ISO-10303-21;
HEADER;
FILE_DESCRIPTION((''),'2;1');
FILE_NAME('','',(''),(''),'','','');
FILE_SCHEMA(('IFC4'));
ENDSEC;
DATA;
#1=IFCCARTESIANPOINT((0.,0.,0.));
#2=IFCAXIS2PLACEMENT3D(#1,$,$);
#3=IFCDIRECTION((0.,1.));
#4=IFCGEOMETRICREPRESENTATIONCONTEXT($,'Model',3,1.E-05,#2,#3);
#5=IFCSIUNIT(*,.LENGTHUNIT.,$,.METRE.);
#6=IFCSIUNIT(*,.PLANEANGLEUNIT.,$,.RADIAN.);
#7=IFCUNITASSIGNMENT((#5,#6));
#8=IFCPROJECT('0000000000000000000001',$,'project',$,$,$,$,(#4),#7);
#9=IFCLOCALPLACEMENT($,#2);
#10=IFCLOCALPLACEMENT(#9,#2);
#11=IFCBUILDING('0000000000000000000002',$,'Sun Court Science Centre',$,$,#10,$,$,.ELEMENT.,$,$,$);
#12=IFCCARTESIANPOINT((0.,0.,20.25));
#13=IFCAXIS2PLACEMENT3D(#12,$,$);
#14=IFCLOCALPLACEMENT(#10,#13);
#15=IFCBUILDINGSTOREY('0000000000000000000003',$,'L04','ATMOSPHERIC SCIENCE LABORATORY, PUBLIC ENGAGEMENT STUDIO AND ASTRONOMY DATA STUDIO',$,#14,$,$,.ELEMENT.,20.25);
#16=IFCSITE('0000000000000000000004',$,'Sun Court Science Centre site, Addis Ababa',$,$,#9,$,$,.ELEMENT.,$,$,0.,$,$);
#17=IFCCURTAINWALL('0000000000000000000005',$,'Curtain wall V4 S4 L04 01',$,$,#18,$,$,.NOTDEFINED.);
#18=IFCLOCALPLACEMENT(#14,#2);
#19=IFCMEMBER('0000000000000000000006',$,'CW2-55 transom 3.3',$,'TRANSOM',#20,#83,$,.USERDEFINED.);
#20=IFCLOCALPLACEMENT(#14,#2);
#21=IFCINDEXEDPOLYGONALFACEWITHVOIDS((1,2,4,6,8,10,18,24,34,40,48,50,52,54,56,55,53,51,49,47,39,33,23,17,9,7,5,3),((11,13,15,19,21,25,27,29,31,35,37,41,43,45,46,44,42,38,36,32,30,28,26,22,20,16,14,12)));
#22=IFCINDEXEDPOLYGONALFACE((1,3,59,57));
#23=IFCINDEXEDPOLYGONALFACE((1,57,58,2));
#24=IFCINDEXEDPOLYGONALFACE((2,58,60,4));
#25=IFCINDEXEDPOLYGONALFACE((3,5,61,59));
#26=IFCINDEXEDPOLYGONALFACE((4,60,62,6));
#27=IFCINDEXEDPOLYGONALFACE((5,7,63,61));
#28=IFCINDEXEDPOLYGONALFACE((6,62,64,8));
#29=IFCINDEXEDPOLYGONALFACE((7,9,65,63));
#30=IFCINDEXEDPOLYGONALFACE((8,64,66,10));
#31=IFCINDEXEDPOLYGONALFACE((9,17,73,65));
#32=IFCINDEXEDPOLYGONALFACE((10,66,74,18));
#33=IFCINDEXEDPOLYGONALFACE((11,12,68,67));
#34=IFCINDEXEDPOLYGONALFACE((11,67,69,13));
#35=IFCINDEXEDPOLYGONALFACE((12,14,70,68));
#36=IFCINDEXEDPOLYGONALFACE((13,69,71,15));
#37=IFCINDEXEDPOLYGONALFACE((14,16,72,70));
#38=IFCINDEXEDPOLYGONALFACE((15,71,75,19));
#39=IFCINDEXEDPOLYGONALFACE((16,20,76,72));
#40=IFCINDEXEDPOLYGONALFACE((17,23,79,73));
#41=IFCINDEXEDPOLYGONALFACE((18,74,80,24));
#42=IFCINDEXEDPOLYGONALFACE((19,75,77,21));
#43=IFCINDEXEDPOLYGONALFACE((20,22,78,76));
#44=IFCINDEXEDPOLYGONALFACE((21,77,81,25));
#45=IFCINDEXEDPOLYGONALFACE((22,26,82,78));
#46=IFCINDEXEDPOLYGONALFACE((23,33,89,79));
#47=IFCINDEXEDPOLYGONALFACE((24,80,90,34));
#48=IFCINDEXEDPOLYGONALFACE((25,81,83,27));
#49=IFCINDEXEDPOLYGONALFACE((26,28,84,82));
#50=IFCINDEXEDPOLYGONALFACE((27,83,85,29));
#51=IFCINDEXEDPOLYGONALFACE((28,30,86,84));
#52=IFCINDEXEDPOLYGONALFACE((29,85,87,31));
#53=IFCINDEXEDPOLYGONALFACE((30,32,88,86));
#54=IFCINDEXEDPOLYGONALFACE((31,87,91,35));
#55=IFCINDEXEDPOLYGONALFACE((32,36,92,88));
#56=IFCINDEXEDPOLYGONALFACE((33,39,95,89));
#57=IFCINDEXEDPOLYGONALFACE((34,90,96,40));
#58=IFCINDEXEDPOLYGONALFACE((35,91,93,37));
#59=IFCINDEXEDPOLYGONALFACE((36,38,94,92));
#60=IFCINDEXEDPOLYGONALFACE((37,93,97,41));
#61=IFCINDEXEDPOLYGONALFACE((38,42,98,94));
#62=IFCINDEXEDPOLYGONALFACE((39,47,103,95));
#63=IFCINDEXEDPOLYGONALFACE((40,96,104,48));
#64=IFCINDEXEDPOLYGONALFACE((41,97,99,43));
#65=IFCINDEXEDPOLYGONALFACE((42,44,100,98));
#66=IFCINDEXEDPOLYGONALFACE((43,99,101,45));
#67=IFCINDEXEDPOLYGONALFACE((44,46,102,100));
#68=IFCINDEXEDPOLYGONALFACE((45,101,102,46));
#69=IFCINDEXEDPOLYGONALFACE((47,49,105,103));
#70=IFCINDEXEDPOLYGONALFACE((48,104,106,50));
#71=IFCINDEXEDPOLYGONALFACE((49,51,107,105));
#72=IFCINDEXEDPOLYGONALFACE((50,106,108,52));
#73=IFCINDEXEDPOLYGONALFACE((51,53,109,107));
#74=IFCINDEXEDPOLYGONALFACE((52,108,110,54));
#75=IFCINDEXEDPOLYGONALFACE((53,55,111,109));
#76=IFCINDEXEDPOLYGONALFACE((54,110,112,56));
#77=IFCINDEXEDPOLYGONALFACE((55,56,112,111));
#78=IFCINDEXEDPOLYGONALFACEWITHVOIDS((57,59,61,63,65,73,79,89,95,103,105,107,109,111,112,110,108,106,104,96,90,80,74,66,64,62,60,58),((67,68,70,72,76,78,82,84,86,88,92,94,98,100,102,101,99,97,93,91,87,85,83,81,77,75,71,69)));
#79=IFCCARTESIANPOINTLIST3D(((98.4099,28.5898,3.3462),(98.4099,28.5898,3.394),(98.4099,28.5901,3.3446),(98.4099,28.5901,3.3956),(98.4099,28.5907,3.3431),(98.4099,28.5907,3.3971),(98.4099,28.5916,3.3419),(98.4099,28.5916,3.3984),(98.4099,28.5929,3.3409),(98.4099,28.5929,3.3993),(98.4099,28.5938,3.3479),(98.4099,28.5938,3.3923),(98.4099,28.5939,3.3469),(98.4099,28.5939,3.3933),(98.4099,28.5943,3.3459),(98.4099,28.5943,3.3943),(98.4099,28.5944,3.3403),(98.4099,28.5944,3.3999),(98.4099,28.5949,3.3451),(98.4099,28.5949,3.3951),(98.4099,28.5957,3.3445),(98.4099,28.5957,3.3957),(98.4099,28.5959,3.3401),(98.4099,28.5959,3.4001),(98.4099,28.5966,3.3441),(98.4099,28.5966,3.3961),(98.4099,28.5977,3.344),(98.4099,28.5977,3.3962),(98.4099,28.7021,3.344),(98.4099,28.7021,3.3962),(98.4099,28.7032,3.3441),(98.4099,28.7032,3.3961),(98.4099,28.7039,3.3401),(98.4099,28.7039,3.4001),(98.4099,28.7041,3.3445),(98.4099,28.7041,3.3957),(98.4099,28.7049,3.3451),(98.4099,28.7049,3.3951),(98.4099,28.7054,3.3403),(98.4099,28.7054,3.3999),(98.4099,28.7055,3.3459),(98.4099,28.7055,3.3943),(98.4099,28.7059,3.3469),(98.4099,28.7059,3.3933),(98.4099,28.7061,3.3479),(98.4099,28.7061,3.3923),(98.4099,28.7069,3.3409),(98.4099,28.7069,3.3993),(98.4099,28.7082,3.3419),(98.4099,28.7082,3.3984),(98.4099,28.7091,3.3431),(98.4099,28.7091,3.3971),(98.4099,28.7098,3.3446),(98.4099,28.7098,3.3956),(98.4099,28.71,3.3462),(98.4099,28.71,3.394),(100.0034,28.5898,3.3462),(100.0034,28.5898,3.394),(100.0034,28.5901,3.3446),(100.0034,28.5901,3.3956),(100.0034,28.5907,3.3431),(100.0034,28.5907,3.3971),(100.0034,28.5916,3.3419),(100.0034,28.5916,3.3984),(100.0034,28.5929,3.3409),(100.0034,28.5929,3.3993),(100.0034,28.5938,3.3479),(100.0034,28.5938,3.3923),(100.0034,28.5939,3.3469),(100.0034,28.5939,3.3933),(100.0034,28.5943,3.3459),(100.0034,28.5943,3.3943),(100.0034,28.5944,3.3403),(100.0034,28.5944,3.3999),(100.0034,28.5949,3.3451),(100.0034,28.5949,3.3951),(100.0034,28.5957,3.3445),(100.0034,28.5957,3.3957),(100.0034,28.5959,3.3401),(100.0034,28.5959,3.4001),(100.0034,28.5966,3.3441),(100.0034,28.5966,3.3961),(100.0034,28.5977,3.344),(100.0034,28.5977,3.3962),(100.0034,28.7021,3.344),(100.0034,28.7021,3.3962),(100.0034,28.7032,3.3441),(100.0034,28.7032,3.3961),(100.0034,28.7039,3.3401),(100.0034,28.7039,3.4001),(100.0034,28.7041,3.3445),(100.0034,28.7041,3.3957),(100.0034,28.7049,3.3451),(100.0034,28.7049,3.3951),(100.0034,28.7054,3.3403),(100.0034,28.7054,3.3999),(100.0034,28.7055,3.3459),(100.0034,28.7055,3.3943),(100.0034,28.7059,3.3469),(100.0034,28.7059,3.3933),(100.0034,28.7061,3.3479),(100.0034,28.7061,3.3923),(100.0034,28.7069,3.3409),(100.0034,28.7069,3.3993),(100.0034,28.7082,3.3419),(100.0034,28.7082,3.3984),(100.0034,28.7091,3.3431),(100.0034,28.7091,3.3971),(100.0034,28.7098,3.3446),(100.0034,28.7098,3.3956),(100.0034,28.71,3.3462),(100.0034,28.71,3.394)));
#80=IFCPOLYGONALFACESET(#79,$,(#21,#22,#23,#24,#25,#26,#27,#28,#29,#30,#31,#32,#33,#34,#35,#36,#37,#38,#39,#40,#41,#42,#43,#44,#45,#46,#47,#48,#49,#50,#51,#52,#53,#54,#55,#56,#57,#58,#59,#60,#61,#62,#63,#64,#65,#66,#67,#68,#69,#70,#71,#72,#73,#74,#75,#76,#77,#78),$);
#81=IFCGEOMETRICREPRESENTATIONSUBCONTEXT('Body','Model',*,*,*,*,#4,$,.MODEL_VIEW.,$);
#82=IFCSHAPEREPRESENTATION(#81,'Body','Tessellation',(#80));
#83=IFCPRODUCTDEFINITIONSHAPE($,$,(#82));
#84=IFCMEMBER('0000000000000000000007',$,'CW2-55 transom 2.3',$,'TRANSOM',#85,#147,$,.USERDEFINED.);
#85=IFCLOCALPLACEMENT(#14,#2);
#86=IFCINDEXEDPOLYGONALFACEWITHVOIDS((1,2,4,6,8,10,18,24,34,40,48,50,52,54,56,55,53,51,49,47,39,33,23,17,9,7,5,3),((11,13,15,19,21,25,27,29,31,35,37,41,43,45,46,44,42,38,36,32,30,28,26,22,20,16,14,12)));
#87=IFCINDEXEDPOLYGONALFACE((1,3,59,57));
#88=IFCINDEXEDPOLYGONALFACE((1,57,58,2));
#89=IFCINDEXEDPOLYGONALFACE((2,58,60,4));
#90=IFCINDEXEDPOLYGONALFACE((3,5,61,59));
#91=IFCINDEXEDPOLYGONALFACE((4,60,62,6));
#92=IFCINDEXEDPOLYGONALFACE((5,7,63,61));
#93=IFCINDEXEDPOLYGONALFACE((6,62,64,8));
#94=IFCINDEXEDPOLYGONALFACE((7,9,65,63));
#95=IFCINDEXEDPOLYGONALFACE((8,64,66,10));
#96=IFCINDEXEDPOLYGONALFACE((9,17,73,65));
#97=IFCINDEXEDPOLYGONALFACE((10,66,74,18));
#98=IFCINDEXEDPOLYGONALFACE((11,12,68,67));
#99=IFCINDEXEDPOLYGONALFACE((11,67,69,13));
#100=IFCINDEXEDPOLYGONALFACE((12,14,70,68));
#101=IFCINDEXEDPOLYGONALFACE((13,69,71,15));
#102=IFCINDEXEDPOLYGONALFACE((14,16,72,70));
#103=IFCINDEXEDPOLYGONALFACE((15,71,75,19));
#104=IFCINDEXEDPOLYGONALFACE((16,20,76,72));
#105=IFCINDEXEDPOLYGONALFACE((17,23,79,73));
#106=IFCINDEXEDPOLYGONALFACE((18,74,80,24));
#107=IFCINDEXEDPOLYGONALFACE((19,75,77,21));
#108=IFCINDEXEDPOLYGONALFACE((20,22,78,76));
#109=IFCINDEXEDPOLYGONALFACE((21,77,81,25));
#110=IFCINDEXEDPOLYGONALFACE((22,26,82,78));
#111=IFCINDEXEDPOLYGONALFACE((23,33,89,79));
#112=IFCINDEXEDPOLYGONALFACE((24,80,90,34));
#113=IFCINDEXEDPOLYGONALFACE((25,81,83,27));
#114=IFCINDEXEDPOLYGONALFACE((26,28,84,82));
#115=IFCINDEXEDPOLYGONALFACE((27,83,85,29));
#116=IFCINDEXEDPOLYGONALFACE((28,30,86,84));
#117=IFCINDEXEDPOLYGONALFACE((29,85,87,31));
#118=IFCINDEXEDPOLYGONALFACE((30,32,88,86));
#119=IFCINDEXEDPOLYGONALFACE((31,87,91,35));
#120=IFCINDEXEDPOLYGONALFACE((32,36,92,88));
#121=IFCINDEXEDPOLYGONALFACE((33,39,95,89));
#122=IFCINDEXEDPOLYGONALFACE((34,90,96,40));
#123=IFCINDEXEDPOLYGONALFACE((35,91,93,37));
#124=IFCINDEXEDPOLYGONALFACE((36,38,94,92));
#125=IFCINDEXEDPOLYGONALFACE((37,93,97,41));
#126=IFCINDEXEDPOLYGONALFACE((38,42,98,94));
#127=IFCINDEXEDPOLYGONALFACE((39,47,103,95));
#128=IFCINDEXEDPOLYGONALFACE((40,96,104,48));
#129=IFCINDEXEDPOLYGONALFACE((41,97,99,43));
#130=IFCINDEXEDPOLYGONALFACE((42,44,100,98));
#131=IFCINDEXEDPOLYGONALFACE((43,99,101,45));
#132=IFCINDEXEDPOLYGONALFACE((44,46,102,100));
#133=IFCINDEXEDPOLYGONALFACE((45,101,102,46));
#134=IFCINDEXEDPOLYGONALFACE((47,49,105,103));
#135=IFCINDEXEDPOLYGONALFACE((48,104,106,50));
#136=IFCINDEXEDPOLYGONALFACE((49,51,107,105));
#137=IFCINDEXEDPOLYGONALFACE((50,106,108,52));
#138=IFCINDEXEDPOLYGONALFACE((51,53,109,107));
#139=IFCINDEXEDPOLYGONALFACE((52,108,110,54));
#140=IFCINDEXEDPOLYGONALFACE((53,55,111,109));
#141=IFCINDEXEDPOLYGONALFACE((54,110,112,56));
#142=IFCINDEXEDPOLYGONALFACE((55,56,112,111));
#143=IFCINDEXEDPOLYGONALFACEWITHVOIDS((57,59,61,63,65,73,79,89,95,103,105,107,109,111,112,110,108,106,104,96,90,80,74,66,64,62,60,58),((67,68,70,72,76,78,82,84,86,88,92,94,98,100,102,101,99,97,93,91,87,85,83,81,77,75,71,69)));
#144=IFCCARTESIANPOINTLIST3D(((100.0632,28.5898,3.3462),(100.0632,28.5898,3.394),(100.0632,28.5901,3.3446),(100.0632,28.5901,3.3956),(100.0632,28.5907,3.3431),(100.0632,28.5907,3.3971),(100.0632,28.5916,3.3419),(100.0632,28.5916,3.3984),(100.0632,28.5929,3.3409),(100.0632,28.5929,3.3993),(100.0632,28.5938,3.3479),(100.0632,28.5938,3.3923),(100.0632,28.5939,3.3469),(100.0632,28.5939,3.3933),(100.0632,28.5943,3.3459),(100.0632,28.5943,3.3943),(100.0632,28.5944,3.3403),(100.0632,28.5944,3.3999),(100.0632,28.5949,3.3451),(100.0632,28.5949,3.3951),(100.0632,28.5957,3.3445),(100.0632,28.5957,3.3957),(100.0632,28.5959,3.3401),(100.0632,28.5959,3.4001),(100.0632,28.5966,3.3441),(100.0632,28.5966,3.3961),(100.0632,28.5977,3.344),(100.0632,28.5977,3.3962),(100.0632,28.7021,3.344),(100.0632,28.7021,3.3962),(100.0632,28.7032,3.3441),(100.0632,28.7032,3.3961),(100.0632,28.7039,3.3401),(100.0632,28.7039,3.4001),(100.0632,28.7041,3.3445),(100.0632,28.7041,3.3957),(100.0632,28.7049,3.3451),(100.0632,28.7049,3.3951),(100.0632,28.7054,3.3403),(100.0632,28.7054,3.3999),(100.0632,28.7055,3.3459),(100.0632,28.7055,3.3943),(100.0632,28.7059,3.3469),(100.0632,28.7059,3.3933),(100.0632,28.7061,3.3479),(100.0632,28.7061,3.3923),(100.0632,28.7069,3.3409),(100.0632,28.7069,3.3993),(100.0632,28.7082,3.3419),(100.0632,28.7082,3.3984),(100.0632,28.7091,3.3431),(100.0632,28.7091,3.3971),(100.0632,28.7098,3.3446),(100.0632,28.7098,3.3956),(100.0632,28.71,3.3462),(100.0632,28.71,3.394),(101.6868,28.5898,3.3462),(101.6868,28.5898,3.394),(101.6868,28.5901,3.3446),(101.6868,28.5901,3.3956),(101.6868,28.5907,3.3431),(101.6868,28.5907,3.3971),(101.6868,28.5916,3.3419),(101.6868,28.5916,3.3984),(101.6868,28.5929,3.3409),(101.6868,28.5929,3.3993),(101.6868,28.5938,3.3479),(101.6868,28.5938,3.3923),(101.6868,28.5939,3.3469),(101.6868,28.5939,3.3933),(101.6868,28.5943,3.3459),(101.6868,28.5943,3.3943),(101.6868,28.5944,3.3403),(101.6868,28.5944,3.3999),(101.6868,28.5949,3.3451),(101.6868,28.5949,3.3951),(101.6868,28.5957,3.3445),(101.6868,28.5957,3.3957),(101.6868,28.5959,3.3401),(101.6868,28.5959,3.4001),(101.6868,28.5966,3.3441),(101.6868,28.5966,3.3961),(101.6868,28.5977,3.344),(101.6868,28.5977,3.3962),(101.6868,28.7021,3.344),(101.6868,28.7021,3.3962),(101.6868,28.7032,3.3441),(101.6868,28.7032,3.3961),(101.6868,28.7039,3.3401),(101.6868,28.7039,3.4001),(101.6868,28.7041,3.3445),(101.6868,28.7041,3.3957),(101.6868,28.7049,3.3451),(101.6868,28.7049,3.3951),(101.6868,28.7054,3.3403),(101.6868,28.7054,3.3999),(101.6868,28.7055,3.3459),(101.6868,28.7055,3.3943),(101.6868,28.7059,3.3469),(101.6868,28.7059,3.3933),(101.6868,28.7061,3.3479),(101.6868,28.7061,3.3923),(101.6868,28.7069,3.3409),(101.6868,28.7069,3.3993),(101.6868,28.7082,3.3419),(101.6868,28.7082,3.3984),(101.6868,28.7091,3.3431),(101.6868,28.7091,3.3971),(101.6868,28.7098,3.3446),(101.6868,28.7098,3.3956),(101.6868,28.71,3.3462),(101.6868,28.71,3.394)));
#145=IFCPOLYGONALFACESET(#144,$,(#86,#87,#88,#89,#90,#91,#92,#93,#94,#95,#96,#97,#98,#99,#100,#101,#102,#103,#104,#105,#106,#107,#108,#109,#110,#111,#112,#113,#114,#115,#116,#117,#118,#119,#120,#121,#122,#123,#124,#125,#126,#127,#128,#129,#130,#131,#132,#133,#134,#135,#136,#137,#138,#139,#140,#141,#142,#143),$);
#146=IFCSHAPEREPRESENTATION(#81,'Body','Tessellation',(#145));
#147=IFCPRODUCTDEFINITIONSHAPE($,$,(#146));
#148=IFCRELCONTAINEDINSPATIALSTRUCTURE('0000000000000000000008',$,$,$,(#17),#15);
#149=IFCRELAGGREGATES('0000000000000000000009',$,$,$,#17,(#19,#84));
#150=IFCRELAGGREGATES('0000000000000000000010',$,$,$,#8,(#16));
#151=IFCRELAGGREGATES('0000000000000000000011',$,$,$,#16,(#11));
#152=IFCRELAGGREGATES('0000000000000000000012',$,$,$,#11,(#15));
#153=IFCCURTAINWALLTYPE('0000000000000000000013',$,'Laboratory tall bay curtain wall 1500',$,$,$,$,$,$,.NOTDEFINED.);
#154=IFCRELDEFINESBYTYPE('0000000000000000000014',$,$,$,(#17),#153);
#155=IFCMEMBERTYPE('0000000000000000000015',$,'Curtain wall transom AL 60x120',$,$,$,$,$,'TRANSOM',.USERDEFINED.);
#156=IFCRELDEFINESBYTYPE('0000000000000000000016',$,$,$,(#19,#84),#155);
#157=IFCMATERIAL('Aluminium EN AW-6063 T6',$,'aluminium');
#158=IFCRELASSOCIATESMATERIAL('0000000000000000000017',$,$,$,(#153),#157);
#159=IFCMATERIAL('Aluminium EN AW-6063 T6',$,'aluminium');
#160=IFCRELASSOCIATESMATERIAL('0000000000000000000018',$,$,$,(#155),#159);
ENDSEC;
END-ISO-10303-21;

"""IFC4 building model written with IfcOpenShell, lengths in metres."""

from ifc_helpers import new_model, si_unit, direction, frame, origin, origin_2d, place, context, subcontext, project, spatial, hollow_rectangle, extrude, material, material_profile, profile_set, type_object, element, aggregate, save


model = new_model("IFC4")

# Units and contexts
model_context = context("Model", 3, precision=1e-05, world=origin(), true_north=direction((0.0, 1.0)))
body_context = subcontext(model_context, "Body", "Model", "MODEL_VIEW")
ifc_project = project(units=[si_unit("LENGTHUNIT", "METRE"), si_unit("PLANEANGLEUNIT", "RADIAN")], contexts=[model_context])

# Site, building, storey
site_placement = place(None, origin())
site = spatial("IfcSite", under=ifc_project, at=site_placement, Name="Sun Court Science Centre site, Addis Ababa", CompositionType="ELEMENT", RefElevation=0.0)
building_placement = place(site_placement, origin())
building = spatial("IfcBuilding", under=site, at=building_placement, Name="Sun Court Science Centre", CompositionType="ELEMENT")
storey_placement = place(building_placement, frame((0.0, 0.0, 20.25)))
storey = spatial("IfcBuildingStorey", under=building, at=storey_placement, Name="L04", Description="ATMOSPHERIC SCIENCE LABORATORY, PUBLIC ENGAGEMENT STUDIO AND ASTRONOMY DATA STUDIO", CompositionType="ELEMENT", Elevation=20.25)

# Curtain wall, members
ifc_material_1 = material(Name="Aluminium EN AW-6063 T6", Category="aluminium")
curtain_wall_type = type_object("IfcCurtainWallType", Name="Laboratory tall bay curtain wall 1500", PredefinedType="NOTDEFINED", material=ifc_material_1)
curtain_wall_placement = place(storey_placement, origin())
curtain_wall = element("IfcCurtainWall", 1, at=curtain_wall_placement, inside=storey, type_object=curtain_wall_type, Name="Curtain wall V4 S4 L04 01", PredefinedType="NOTDEFINED")
ifc_material_2 = material(Name="Aluminium EN AW-6063 T6", Category="aluminium")
ifc_material_profile_1 = material_profile(ifc_material_2, hollow_rectangle(XDim=0.0601, YDim=0.1201, WallThickness=0.0039, InnerFilletRadius=0.0039, OuterFilletRadius=0.0061, at=origin_2d()), Name="AL 60x120x4")
ifc_profile_set_1 = profile_set([ifc_material_profile_1], Name="Aluminium EN AW-6063 T6")
member_type_1 = type_object("IfcMemberType", Name="Curtain wall transom AL 60x120", ElementType="TRANSOM", PredefinedType="USERDEFINED", material=ifc_profile_set_1)
member_1_placement = place(storey_placement, frame((100.0034, 28.6499, 3.3701), z_axis=(-1.0, 0.0, 0.0), x_axis=(0.0, 0.0, 1.0)))
member_1 = element("IfcMember", 2, at=member_1_placement, type_object=member_type_1, Name="CW2-55 transom 3.3", ObjectType="TRANSOM", PredefinedType="USERDEFINED", context=body_context, shape_type="SweptSolid", body=[
    extrude(hollow_rectangle(XDim=0.0601, YDim=0.1201, WallThickness=0.0039, InnerFilletRadius=0.0039, OuterFilletRadius=0.0061, at=origin_2d()), origin(), (0.0, 0.0, 1.0), 1.5935),
])
member_2_placement = place(storey_placement, frame((101.6868, 28.6499, 3.3701), z_axis=(-1.0, 0.0, 0.0), x_axis=(0.0, 0.0, 1.0)))
member_2 = element("IfcMember", 3, at=member_2_placement, type_object=member_type_1, Name="CW2-55 transom 2.3", ObjectType="TRANSOM", PredefinedType="USERDEFINED", context=body_context, shape_type="SweptSolid", body=[
    extrude(hollow_rectangle(XDim=0.0601, YDim=0.1201, WallThickness=0.0039, InnerFilletRadius=0.0039, OuterFilletRadius=0.0061, at=origin_2d()), origin(), (0.0, 0.0, 1.0), 1.6235),
])

aggregate(curtain_wall, [member_1, member_2])

save(model, "model.ifc")
